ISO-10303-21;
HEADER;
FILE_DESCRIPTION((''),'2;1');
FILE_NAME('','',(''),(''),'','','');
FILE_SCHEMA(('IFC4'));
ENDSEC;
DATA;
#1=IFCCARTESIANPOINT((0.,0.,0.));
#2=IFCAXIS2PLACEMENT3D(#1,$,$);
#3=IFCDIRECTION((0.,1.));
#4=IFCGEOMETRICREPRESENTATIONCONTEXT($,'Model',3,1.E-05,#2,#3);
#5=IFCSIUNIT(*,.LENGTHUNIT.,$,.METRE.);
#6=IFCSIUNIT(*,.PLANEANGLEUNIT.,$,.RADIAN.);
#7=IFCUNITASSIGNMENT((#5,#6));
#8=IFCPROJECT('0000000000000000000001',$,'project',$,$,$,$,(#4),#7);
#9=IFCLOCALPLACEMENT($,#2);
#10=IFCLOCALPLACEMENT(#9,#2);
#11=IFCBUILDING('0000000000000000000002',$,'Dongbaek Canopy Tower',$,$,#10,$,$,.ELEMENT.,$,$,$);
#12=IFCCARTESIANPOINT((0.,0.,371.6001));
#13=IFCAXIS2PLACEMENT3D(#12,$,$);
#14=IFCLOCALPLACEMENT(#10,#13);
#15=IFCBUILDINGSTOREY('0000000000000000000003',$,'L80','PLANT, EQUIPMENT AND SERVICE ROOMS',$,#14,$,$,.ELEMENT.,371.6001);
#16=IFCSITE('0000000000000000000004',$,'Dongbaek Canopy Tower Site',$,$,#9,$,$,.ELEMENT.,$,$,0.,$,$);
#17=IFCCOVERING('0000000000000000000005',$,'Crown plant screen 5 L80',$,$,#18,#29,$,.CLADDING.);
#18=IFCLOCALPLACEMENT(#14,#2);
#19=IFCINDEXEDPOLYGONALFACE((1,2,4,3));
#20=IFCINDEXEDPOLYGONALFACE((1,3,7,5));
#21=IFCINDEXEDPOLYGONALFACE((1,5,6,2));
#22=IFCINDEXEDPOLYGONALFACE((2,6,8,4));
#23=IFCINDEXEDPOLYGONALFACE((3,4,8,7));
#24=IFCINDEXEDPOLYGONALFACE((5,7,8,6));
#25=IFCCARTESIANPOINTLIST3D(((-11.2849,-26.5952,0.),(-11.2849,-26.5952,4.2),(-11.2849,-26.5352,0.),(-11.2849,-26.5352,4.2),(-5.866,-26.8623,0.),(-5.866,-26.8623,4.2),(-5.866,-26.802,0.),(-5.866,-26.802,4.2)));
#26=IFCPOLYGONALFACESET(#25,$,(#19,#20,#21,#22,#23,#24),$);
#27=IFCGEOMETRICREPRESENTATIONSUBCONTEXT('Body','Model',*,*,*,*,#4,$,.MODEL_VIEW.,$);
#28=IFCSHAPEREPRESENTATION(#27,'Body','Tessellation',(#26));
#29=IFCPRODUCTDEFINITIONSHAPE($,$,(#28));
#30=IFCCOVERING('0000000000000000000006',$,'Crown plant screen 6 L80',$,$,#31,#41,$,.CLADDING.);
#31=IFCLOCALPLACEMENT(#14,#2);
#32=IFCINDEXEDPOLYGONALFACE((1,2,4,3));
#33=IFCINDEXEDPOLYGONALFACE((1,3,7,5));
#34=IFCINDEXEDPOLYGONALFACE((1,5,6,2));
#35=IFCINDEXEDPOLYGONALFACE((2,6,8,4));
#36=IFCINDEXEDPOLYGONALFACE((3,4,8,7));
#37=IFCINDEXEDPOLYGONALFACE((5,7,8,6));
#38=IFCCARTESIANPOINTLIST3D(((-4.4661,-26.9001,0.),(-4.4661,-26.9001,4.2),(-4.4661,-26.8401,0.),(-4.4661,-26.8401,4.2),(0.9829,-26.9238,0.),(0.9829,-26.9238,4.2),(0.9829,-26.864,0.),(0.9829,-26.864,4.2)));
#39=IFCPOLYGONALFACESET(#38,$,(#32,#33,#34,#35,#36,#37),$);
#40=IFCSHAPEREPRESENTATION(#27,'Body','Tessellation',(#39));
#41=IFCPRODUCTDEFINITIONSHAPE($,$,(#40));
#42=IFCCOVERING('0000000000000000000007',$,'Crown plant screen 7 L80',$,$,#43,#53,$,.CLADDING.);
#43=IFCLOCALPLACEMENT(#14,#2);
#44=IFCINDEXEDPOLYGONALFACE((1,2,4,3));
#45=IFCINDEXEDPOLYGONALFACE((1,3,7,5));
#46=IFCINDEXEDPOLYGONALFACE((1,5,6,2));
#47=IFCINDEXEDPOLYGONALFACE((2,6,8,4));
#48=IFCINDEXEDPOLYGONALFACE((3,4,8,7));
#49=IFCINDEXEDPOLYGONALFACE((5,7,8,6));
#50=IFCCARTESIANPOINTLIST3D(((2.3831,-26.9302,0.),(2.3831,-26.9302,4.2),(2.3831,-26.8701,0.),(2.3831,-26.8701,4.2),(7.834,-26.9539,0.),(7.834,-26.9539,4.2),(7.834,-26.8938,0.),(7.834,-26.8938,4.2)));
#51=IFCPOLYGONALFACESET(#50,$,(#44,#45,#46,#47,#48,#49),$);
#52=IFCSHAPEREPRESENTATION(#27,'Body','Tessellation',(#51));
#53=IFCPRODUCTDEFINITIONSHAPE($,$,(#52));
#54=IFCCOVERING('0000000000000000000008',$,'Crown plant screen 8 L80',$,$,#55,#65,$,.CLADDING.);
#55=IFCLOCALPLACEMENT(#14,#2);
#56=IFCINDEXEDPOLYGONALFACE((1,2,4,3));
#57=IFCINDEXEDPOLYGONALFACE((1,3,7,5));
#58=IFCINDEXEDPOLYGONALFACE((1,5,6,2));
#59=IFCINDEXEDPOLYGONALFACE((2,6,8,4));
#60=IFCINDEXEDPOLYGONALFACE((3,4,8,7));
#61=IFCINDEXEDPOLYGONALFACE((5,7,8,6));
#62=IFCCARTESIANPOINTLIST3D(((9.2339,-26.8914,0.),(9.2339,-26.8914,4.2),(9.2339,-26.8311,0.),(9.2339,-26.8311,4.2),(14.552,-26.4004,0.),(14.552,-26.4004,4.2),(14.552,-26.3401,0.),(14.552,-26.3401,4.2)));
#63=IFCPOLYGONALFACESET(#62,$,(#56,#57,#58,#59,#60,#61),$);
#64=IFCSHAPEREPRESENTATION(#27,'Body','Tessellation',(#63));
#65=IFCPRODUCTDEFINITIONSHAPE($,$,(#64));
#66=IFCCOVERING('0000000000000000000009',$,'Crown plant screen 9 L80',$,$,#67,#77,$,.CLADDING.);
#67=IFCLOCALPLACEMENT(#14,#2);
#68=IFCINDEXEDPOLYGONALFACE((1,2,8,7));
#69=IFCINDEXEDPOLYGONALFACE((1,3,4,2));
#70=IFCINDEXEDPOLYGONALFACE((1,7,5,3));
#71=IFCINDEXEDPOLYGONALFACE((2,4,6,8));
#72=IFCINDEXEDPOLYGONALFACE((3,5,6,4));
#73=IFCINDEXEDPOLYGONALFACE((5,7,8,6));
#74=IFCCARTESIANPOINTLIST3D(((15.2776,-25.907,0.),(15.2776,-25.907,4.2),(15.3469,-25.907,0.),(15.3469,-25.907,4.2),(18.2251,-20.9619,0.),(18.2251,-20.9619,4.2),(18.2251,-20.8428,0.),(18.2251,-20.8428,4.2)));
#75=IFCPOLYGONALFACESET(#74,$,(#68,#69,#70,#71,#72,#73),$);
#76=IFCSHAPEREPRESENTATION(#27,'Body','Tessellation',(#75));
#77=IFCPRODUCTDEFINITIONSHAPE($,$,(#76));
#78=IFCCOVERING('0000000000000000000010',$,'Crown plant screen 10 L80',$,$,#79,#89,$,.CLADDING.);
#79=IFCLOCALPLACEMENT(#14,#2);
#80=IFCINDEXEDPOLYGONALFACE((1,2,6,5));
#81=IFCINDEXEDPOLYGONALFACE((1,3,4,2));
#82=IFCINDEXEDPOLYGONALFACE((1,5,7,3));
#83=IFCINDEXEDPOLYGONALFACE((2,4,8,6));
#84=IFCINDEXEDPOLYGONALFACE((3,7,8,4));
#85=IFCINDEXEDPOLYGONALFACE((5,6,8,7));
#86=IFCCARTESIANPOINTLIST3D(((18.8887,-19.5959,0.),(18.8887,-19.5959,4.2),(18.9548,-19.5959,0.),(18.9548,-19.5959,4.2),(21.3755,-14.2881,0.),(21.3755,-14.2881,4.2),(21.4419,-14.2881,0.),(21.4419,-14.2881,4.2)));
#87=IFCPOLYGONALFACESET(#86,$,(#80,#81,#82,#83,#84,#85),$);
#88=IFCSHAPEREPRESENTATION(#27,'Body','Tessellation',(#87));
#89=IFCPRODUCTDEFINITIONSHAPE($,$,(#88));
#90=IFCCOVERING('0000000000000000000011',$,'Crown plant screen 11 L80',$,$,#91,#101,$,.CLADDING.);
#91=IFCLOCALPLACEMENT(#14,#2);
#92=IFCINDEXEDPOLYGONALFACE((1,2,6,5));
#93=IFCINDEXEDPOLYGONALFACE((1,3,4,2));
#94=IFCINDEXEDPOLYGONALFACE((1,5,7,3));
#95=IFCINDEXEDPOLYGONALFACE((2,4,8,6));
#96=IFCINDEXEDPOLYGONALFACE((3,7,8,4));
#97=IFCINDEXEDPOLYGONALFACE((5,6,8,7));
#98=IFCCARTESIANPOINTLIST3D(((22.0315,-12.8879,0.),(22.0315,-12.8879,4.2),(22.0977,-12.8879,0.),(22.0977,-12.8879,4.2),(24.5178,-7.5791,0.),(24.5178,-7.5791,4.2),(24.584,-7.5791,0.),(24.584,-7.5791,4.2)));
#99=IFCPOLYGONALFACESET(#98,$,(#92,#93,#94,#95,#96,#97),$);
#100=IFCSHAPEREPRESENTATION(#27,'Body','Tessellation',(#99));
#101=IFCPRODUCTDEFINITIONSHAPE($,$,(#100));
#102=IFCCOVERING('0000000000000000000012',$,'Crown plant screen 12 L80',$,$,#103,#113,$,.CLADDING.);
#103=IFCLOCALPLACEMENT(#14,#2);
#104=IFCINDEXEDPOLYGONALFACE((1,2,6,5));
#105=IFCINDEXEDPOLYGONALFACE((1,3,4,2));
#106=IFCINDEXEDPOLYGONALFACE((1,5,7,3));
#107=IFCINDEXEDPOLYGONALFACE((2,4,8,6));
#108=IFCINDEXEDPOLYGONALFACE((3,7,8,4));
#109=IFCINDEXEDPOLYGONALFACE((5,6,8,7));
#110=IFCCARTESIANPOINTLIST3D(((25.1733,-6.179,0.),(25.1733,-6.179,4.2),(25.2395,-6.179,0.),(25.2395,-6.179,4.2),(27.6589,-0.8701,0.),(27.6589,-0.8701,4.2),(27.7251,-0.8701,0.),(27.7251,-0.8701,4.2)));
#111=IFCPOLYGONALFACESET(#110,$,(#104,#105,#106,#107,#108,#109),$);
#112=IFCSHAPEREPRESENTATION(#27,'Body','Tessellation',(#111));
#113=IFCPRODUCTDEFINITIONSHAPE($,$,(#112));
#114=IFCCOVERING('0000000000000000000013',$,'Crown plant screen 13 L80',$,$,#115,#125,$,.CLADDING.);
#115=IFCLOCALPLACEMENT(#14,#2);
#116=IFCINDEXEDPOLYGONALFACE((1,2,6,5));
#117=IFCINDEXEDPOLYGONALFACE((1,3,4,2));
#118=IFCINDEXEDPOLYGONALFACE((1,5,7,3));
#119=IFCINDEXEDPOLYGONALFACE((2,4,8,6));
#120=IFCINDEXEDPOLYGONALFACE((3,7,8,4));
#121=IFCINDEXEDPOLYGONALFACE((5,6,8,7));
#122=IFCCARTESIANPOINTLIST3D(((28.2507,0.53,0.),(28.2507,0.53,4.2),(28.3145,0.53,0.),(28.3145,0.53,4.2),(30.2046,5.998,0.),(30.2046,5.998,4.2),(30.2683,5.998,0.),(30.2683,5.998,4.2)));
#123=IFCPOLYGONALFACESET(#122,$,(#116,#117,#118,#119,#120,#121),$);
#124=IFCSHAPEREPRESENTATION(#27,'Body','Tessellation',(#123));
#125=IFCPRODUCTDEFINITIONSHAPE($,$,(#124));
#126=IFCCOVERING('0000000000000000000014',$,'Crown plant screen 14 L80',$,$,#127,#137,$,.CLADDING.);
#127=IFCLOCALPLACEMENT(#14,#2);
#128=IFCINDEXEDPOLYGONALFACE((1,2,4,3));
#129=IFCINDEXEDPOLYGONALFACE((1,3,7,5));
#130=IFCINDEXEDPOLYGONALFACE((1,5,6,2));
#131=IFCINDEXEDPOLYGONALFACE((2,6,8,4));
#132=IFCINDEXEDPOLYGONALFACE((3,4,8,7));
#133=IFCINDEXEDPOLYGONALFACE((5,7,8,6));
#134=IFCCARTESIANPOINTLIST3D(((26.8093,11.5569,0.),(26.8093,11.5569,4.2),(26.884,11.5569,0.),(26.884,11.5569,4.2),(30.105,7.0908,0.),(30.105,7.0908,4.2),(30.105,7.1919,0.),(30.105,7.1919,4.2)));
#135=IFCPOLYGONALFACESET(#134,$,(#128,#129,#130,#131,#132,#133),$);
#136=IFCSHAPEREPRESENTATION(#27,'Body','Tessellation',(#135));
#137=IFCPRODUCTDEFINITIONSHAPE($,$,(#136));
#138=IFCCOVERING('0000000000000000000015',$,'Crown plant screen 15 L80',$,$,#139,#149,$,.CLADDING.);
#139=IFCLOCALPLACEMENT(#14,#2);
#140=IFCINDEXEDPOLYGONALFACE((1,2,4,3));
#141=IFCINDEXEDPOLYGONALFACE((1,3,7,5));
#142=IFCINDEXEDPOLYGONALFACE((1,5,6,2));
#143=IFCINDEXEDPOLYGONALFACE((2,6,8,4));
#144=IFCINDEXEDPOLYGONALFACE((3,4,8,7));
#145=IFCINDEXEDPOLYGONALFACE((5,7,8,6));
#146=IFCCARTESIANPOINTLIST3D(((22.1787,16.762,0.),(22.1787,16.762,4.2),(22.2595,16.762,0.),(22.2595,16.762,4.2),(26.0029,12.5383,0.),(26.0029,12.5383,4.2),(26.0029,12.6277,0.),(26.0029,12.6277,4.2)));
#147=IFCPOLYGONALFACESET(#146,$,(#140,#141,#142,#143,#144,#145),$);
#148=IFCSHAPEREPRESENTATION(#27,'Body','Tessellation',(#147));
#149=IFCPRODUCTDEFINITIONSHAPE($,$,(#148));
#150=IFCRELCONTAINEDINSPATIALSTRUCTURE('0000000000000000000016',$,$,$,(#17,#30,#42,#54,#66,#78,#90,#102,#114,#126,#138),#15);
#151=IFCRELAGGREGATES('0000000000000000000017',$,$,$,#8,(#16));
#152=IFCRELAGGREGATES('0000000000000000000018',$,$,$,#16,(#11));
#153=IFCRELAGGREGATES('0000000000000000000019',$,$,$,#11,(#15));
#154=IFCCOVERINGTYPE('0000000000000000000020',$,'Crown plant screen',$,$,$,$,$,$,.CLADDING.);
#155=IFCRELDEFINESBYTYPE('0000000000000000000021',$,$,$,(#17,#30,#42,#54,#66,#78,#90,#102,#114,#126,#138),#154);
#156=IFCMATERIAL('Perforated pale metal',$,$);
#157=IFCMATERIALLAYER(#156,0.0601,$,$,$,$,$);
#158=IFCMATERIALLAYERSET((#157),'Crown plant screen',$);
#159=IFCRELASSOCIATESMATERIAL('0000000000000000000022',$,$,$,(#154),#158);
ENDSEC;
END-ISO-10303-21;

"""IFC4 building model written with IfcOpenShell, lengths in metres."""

from ifc_helpers import new_model, si_unit, direction, frame, origin, place, context, subcontext, project, spatial, polyline, outline, extrude, material, layer, layer_set, type_object, element, save


model = new_model("IFC4")

# Units and contexts
model_context = context("Model", 3, precision=1e-05, world=origin(), true_north=direction((0.0, 1.0)))
body_context = subcontext(model_context, "Body", "Model", "MODEL_VIEW")
ifc_project = project(units=[si_unit("LENGTHUNIT", "METRE"), si_unit("PLANEANGLEUNIT", "RADIAN")], contexts=[model_context])

# Site, building, storey
site_placement = place(None, origin())
site = spatial("IfcSite", under=ifc_project, at=site_placement, Name="Dongbaek Canopy Tower Site", CompositionType="ELEMENT", RefElevation=0.0)
building_placement = place(site_placement, origin())
building = spatial("IfcBuilding", under=site, at=building_placement, Name="Dongbaek Canopy Tower", CompositionType="ELEMENT")
storey_placement = place(building_placement, frame((0.0, 0.0, 371.6001)))
storey = spatial("IfcBuildingStorey", under=building, at=storey_placement, Name="L80", Description="PLANT, EQUIPMENT AND SERVICE ROOMS", CompositionType="ELEMENT", Elevation=371.6001)

# Coverings
ifc_material_1 = material(Name="Perforated pale metal")
ifc_layer_1 = layer(ifc_material_1, 0.0601)
ifc_layer_set_1 = layer_set([ifc_layer_1], Name="Crown plant screen")
covering_type = type_object("IfcCoveringType", Name="Crown plant screen", PredefinedType="CLADDING", material=ifc_layer_set_1)
covering_1_placement = place(storey_placement, origin())
element("IfcCovering", 1, at=covering_1_placement, inside=storey, type_object=covering_type, Name="Crown plant screen 5 L80", PredefinedType="CLADDING", context=body_context, shape_type="SweptSolid", body=[
    extrude(outline(polyline([(-11.2849, -26.5952), (-11.2849, -26.5352), (-5.866, -26.802), (-5.866, -26.8623), (-11.2849, -26.5952)])), origin(), (0.0, 0.0, 1.0), 4.2),
])
covering_2_placement = place(storey_placement, origin())
element("IfcCovering", 2, at=covering_2_placement, inside=storey, type_object=covering_type, Name="Crown plant screen 6 L80", PredefinedType="CLADDING", context=body_context, shape_type="SweptSolid", body=[
    extrude(outline(polyline([(-4.4661, -26.9001), (-4.4661, -26.8401), (0.9829, -26.864), (0.9829, -26.9238), (-4.4661, -26.9001)])), origin(), (0.0, 0.0, 1.0), 4.2),
])
covering_3_placement = place(storey_placement, origin())
element("IfcCovering", 3, at=covering_3_placement, inside=storey, type_object=covering_type, Name="Crown plant screen 7 L80", PredefinedType="CLADDING", context=body_context, shape_type="SweptSolid", body=[
    extrude(outline(polyline([(2.3831, -26.9302), (2.3831, -26.8701), (7.834, -26.8938), (7.834, -26.9539), (2.3831, -26.9302)])), origin(), (0.0, 0.0, 1.0), 4.2),
])
covering_4_placement = place(storey_placement, origin())
element("IfcCovering", 4, at=covering_4_placement, inside=storey, type_object=covering_type, Name="Crown plant screen 8 L80", PredefinedType="CLADDING", context=body_context, shape_type="SweptSolid", body=[
    extrude(outline(polyline([(9.2339, -26.8914), (9.2339, -26.8311), (14.552, -26.3401), (14.552, -26.4004), (9.2339, -26.8914)])), origin(), (0.0, 0.0, 1.0), 4.2),
])
covering_5_placement = place(storey_placement, origin())
element("IfcCovering", 5, at=covering_5_placement, inside=storey, type_object=covering_type, Name="Crown plant screen 9 L80", PredefinedType="CLADDING", context=body_context, shape_type="SweptSolid", body=[
    extrude(outline(polyline([(15.3469, -25.907), (15.2776, -25.907), (18.2251, -20.8428), (18.2251, -20.9619), (15.3469, -25.907)])), origin(), (0.0, 0.0, 1.0), 4.2),
])
covering_6_placement = place(storey_placement, origin())
element("IfcCovering", 6, at=covering_6_placement, inside=storey, type_object=covering_type, Name="Crown plant screen 10 L80", PredefinedType="CLADDING", context=body_context, shape_type="SweptSolid", body=[
    extrude(outline(polyline([(18.9548, -19.5959), (18.8887, -19.5959), (21.3755, -14.2881), (21.4419, -14.2881), (18.9548, -19.5959)])), origin(), (0.0, 0.0, 1.0), 4.2),
])
covering_7_placement = place(storey_placement, origin())
element("IfcCovering", 7, at=covering_7_placement, inside=storey, type_object=covering_type, Name="Crown plant screen 11 L80", PredefinedType="CLADDING", context=body_context, shape_type="SweptSolid", body=[
    extrude(outline(polyline([(22.0977, -12.8879), (22.0315, -12.8879), (24.5178, -7.5791), (24.584, -7.5791), (22.0977, -12.8879)])), origin(), (0.0, 0.0, 1.0), 4.2),
])
covering_8_placement = place(storey_placement, origin())
element("IfcCovering", 8, at=covering_8_placement, inside=storey, type_object=covering_type, Name="Crown plant screen 12 L80", PredefinedType="CLADDING", context=body_context, shape_type="SweptSolid", body=[
    extrude(outline(polyline([(25.2395, -6.179), (25.1733, -6.179), (27.6589, -0.8701), (27.7251, -0.8701), (25.2395, -6.179)])), origin(), (0.0, 0.0, 1.0), 4.2),
])
covering_9_placement = place(storey_placement, origin())
element("IfcCovering", 9, at=covering_9_placement, inside=storey, type_object=covering_type, Name="Crown plant screen 13 L80", PredefinedType="CLADDING", context=body_context, shape_type="SweptSolid", body=[
    extrude(outline(polyline([(28.3145, 0.53), (28.2507, 0.53), (30.2046, 5.998), (30.2683, 5.998), (28.3145, 0.53)])), origin(), (0.0, 0.0, 1.0), 4.2),
])
covering_10_placement = place(storey_placement, origin())
element("IfcCovering", 10, at=covering_10_placement, inside=storey, type_object=covering_type, Name="Crown plant screen 14 L80", PredefinedType="CLADDING", context=body_context, shape_type="SweptSolid", body=[
    extrude(outline(polyline([(30.105, 7.1919), (30.105, 7.0908), (26.8093, 11.5569), (26.884, 11.5569), (30.105, 7.1919)])), origin(), (0.0, 0.0, 1.0), 4.2),
])
covering_11_placement = place(storey_placement, origin())
element("IfcCovering", 11, at=covering_11_placement, inside=storey, type_object=covering_type, Name="Crown plant screen 15 L80", PredefinedType="CLADDING", context=body_context, shape_type="SweptSolid", body=[
    extrude(outline(polyline([(26.0029, 12.6277), (26.0029, 12.5383), (22.1787, 16.762), (22.2595, 16.762), (26.0029, 12.6277)])), origin(), (0.0, 0.0, 1.0), 4.2),
])

save(model, "model.ifc")
